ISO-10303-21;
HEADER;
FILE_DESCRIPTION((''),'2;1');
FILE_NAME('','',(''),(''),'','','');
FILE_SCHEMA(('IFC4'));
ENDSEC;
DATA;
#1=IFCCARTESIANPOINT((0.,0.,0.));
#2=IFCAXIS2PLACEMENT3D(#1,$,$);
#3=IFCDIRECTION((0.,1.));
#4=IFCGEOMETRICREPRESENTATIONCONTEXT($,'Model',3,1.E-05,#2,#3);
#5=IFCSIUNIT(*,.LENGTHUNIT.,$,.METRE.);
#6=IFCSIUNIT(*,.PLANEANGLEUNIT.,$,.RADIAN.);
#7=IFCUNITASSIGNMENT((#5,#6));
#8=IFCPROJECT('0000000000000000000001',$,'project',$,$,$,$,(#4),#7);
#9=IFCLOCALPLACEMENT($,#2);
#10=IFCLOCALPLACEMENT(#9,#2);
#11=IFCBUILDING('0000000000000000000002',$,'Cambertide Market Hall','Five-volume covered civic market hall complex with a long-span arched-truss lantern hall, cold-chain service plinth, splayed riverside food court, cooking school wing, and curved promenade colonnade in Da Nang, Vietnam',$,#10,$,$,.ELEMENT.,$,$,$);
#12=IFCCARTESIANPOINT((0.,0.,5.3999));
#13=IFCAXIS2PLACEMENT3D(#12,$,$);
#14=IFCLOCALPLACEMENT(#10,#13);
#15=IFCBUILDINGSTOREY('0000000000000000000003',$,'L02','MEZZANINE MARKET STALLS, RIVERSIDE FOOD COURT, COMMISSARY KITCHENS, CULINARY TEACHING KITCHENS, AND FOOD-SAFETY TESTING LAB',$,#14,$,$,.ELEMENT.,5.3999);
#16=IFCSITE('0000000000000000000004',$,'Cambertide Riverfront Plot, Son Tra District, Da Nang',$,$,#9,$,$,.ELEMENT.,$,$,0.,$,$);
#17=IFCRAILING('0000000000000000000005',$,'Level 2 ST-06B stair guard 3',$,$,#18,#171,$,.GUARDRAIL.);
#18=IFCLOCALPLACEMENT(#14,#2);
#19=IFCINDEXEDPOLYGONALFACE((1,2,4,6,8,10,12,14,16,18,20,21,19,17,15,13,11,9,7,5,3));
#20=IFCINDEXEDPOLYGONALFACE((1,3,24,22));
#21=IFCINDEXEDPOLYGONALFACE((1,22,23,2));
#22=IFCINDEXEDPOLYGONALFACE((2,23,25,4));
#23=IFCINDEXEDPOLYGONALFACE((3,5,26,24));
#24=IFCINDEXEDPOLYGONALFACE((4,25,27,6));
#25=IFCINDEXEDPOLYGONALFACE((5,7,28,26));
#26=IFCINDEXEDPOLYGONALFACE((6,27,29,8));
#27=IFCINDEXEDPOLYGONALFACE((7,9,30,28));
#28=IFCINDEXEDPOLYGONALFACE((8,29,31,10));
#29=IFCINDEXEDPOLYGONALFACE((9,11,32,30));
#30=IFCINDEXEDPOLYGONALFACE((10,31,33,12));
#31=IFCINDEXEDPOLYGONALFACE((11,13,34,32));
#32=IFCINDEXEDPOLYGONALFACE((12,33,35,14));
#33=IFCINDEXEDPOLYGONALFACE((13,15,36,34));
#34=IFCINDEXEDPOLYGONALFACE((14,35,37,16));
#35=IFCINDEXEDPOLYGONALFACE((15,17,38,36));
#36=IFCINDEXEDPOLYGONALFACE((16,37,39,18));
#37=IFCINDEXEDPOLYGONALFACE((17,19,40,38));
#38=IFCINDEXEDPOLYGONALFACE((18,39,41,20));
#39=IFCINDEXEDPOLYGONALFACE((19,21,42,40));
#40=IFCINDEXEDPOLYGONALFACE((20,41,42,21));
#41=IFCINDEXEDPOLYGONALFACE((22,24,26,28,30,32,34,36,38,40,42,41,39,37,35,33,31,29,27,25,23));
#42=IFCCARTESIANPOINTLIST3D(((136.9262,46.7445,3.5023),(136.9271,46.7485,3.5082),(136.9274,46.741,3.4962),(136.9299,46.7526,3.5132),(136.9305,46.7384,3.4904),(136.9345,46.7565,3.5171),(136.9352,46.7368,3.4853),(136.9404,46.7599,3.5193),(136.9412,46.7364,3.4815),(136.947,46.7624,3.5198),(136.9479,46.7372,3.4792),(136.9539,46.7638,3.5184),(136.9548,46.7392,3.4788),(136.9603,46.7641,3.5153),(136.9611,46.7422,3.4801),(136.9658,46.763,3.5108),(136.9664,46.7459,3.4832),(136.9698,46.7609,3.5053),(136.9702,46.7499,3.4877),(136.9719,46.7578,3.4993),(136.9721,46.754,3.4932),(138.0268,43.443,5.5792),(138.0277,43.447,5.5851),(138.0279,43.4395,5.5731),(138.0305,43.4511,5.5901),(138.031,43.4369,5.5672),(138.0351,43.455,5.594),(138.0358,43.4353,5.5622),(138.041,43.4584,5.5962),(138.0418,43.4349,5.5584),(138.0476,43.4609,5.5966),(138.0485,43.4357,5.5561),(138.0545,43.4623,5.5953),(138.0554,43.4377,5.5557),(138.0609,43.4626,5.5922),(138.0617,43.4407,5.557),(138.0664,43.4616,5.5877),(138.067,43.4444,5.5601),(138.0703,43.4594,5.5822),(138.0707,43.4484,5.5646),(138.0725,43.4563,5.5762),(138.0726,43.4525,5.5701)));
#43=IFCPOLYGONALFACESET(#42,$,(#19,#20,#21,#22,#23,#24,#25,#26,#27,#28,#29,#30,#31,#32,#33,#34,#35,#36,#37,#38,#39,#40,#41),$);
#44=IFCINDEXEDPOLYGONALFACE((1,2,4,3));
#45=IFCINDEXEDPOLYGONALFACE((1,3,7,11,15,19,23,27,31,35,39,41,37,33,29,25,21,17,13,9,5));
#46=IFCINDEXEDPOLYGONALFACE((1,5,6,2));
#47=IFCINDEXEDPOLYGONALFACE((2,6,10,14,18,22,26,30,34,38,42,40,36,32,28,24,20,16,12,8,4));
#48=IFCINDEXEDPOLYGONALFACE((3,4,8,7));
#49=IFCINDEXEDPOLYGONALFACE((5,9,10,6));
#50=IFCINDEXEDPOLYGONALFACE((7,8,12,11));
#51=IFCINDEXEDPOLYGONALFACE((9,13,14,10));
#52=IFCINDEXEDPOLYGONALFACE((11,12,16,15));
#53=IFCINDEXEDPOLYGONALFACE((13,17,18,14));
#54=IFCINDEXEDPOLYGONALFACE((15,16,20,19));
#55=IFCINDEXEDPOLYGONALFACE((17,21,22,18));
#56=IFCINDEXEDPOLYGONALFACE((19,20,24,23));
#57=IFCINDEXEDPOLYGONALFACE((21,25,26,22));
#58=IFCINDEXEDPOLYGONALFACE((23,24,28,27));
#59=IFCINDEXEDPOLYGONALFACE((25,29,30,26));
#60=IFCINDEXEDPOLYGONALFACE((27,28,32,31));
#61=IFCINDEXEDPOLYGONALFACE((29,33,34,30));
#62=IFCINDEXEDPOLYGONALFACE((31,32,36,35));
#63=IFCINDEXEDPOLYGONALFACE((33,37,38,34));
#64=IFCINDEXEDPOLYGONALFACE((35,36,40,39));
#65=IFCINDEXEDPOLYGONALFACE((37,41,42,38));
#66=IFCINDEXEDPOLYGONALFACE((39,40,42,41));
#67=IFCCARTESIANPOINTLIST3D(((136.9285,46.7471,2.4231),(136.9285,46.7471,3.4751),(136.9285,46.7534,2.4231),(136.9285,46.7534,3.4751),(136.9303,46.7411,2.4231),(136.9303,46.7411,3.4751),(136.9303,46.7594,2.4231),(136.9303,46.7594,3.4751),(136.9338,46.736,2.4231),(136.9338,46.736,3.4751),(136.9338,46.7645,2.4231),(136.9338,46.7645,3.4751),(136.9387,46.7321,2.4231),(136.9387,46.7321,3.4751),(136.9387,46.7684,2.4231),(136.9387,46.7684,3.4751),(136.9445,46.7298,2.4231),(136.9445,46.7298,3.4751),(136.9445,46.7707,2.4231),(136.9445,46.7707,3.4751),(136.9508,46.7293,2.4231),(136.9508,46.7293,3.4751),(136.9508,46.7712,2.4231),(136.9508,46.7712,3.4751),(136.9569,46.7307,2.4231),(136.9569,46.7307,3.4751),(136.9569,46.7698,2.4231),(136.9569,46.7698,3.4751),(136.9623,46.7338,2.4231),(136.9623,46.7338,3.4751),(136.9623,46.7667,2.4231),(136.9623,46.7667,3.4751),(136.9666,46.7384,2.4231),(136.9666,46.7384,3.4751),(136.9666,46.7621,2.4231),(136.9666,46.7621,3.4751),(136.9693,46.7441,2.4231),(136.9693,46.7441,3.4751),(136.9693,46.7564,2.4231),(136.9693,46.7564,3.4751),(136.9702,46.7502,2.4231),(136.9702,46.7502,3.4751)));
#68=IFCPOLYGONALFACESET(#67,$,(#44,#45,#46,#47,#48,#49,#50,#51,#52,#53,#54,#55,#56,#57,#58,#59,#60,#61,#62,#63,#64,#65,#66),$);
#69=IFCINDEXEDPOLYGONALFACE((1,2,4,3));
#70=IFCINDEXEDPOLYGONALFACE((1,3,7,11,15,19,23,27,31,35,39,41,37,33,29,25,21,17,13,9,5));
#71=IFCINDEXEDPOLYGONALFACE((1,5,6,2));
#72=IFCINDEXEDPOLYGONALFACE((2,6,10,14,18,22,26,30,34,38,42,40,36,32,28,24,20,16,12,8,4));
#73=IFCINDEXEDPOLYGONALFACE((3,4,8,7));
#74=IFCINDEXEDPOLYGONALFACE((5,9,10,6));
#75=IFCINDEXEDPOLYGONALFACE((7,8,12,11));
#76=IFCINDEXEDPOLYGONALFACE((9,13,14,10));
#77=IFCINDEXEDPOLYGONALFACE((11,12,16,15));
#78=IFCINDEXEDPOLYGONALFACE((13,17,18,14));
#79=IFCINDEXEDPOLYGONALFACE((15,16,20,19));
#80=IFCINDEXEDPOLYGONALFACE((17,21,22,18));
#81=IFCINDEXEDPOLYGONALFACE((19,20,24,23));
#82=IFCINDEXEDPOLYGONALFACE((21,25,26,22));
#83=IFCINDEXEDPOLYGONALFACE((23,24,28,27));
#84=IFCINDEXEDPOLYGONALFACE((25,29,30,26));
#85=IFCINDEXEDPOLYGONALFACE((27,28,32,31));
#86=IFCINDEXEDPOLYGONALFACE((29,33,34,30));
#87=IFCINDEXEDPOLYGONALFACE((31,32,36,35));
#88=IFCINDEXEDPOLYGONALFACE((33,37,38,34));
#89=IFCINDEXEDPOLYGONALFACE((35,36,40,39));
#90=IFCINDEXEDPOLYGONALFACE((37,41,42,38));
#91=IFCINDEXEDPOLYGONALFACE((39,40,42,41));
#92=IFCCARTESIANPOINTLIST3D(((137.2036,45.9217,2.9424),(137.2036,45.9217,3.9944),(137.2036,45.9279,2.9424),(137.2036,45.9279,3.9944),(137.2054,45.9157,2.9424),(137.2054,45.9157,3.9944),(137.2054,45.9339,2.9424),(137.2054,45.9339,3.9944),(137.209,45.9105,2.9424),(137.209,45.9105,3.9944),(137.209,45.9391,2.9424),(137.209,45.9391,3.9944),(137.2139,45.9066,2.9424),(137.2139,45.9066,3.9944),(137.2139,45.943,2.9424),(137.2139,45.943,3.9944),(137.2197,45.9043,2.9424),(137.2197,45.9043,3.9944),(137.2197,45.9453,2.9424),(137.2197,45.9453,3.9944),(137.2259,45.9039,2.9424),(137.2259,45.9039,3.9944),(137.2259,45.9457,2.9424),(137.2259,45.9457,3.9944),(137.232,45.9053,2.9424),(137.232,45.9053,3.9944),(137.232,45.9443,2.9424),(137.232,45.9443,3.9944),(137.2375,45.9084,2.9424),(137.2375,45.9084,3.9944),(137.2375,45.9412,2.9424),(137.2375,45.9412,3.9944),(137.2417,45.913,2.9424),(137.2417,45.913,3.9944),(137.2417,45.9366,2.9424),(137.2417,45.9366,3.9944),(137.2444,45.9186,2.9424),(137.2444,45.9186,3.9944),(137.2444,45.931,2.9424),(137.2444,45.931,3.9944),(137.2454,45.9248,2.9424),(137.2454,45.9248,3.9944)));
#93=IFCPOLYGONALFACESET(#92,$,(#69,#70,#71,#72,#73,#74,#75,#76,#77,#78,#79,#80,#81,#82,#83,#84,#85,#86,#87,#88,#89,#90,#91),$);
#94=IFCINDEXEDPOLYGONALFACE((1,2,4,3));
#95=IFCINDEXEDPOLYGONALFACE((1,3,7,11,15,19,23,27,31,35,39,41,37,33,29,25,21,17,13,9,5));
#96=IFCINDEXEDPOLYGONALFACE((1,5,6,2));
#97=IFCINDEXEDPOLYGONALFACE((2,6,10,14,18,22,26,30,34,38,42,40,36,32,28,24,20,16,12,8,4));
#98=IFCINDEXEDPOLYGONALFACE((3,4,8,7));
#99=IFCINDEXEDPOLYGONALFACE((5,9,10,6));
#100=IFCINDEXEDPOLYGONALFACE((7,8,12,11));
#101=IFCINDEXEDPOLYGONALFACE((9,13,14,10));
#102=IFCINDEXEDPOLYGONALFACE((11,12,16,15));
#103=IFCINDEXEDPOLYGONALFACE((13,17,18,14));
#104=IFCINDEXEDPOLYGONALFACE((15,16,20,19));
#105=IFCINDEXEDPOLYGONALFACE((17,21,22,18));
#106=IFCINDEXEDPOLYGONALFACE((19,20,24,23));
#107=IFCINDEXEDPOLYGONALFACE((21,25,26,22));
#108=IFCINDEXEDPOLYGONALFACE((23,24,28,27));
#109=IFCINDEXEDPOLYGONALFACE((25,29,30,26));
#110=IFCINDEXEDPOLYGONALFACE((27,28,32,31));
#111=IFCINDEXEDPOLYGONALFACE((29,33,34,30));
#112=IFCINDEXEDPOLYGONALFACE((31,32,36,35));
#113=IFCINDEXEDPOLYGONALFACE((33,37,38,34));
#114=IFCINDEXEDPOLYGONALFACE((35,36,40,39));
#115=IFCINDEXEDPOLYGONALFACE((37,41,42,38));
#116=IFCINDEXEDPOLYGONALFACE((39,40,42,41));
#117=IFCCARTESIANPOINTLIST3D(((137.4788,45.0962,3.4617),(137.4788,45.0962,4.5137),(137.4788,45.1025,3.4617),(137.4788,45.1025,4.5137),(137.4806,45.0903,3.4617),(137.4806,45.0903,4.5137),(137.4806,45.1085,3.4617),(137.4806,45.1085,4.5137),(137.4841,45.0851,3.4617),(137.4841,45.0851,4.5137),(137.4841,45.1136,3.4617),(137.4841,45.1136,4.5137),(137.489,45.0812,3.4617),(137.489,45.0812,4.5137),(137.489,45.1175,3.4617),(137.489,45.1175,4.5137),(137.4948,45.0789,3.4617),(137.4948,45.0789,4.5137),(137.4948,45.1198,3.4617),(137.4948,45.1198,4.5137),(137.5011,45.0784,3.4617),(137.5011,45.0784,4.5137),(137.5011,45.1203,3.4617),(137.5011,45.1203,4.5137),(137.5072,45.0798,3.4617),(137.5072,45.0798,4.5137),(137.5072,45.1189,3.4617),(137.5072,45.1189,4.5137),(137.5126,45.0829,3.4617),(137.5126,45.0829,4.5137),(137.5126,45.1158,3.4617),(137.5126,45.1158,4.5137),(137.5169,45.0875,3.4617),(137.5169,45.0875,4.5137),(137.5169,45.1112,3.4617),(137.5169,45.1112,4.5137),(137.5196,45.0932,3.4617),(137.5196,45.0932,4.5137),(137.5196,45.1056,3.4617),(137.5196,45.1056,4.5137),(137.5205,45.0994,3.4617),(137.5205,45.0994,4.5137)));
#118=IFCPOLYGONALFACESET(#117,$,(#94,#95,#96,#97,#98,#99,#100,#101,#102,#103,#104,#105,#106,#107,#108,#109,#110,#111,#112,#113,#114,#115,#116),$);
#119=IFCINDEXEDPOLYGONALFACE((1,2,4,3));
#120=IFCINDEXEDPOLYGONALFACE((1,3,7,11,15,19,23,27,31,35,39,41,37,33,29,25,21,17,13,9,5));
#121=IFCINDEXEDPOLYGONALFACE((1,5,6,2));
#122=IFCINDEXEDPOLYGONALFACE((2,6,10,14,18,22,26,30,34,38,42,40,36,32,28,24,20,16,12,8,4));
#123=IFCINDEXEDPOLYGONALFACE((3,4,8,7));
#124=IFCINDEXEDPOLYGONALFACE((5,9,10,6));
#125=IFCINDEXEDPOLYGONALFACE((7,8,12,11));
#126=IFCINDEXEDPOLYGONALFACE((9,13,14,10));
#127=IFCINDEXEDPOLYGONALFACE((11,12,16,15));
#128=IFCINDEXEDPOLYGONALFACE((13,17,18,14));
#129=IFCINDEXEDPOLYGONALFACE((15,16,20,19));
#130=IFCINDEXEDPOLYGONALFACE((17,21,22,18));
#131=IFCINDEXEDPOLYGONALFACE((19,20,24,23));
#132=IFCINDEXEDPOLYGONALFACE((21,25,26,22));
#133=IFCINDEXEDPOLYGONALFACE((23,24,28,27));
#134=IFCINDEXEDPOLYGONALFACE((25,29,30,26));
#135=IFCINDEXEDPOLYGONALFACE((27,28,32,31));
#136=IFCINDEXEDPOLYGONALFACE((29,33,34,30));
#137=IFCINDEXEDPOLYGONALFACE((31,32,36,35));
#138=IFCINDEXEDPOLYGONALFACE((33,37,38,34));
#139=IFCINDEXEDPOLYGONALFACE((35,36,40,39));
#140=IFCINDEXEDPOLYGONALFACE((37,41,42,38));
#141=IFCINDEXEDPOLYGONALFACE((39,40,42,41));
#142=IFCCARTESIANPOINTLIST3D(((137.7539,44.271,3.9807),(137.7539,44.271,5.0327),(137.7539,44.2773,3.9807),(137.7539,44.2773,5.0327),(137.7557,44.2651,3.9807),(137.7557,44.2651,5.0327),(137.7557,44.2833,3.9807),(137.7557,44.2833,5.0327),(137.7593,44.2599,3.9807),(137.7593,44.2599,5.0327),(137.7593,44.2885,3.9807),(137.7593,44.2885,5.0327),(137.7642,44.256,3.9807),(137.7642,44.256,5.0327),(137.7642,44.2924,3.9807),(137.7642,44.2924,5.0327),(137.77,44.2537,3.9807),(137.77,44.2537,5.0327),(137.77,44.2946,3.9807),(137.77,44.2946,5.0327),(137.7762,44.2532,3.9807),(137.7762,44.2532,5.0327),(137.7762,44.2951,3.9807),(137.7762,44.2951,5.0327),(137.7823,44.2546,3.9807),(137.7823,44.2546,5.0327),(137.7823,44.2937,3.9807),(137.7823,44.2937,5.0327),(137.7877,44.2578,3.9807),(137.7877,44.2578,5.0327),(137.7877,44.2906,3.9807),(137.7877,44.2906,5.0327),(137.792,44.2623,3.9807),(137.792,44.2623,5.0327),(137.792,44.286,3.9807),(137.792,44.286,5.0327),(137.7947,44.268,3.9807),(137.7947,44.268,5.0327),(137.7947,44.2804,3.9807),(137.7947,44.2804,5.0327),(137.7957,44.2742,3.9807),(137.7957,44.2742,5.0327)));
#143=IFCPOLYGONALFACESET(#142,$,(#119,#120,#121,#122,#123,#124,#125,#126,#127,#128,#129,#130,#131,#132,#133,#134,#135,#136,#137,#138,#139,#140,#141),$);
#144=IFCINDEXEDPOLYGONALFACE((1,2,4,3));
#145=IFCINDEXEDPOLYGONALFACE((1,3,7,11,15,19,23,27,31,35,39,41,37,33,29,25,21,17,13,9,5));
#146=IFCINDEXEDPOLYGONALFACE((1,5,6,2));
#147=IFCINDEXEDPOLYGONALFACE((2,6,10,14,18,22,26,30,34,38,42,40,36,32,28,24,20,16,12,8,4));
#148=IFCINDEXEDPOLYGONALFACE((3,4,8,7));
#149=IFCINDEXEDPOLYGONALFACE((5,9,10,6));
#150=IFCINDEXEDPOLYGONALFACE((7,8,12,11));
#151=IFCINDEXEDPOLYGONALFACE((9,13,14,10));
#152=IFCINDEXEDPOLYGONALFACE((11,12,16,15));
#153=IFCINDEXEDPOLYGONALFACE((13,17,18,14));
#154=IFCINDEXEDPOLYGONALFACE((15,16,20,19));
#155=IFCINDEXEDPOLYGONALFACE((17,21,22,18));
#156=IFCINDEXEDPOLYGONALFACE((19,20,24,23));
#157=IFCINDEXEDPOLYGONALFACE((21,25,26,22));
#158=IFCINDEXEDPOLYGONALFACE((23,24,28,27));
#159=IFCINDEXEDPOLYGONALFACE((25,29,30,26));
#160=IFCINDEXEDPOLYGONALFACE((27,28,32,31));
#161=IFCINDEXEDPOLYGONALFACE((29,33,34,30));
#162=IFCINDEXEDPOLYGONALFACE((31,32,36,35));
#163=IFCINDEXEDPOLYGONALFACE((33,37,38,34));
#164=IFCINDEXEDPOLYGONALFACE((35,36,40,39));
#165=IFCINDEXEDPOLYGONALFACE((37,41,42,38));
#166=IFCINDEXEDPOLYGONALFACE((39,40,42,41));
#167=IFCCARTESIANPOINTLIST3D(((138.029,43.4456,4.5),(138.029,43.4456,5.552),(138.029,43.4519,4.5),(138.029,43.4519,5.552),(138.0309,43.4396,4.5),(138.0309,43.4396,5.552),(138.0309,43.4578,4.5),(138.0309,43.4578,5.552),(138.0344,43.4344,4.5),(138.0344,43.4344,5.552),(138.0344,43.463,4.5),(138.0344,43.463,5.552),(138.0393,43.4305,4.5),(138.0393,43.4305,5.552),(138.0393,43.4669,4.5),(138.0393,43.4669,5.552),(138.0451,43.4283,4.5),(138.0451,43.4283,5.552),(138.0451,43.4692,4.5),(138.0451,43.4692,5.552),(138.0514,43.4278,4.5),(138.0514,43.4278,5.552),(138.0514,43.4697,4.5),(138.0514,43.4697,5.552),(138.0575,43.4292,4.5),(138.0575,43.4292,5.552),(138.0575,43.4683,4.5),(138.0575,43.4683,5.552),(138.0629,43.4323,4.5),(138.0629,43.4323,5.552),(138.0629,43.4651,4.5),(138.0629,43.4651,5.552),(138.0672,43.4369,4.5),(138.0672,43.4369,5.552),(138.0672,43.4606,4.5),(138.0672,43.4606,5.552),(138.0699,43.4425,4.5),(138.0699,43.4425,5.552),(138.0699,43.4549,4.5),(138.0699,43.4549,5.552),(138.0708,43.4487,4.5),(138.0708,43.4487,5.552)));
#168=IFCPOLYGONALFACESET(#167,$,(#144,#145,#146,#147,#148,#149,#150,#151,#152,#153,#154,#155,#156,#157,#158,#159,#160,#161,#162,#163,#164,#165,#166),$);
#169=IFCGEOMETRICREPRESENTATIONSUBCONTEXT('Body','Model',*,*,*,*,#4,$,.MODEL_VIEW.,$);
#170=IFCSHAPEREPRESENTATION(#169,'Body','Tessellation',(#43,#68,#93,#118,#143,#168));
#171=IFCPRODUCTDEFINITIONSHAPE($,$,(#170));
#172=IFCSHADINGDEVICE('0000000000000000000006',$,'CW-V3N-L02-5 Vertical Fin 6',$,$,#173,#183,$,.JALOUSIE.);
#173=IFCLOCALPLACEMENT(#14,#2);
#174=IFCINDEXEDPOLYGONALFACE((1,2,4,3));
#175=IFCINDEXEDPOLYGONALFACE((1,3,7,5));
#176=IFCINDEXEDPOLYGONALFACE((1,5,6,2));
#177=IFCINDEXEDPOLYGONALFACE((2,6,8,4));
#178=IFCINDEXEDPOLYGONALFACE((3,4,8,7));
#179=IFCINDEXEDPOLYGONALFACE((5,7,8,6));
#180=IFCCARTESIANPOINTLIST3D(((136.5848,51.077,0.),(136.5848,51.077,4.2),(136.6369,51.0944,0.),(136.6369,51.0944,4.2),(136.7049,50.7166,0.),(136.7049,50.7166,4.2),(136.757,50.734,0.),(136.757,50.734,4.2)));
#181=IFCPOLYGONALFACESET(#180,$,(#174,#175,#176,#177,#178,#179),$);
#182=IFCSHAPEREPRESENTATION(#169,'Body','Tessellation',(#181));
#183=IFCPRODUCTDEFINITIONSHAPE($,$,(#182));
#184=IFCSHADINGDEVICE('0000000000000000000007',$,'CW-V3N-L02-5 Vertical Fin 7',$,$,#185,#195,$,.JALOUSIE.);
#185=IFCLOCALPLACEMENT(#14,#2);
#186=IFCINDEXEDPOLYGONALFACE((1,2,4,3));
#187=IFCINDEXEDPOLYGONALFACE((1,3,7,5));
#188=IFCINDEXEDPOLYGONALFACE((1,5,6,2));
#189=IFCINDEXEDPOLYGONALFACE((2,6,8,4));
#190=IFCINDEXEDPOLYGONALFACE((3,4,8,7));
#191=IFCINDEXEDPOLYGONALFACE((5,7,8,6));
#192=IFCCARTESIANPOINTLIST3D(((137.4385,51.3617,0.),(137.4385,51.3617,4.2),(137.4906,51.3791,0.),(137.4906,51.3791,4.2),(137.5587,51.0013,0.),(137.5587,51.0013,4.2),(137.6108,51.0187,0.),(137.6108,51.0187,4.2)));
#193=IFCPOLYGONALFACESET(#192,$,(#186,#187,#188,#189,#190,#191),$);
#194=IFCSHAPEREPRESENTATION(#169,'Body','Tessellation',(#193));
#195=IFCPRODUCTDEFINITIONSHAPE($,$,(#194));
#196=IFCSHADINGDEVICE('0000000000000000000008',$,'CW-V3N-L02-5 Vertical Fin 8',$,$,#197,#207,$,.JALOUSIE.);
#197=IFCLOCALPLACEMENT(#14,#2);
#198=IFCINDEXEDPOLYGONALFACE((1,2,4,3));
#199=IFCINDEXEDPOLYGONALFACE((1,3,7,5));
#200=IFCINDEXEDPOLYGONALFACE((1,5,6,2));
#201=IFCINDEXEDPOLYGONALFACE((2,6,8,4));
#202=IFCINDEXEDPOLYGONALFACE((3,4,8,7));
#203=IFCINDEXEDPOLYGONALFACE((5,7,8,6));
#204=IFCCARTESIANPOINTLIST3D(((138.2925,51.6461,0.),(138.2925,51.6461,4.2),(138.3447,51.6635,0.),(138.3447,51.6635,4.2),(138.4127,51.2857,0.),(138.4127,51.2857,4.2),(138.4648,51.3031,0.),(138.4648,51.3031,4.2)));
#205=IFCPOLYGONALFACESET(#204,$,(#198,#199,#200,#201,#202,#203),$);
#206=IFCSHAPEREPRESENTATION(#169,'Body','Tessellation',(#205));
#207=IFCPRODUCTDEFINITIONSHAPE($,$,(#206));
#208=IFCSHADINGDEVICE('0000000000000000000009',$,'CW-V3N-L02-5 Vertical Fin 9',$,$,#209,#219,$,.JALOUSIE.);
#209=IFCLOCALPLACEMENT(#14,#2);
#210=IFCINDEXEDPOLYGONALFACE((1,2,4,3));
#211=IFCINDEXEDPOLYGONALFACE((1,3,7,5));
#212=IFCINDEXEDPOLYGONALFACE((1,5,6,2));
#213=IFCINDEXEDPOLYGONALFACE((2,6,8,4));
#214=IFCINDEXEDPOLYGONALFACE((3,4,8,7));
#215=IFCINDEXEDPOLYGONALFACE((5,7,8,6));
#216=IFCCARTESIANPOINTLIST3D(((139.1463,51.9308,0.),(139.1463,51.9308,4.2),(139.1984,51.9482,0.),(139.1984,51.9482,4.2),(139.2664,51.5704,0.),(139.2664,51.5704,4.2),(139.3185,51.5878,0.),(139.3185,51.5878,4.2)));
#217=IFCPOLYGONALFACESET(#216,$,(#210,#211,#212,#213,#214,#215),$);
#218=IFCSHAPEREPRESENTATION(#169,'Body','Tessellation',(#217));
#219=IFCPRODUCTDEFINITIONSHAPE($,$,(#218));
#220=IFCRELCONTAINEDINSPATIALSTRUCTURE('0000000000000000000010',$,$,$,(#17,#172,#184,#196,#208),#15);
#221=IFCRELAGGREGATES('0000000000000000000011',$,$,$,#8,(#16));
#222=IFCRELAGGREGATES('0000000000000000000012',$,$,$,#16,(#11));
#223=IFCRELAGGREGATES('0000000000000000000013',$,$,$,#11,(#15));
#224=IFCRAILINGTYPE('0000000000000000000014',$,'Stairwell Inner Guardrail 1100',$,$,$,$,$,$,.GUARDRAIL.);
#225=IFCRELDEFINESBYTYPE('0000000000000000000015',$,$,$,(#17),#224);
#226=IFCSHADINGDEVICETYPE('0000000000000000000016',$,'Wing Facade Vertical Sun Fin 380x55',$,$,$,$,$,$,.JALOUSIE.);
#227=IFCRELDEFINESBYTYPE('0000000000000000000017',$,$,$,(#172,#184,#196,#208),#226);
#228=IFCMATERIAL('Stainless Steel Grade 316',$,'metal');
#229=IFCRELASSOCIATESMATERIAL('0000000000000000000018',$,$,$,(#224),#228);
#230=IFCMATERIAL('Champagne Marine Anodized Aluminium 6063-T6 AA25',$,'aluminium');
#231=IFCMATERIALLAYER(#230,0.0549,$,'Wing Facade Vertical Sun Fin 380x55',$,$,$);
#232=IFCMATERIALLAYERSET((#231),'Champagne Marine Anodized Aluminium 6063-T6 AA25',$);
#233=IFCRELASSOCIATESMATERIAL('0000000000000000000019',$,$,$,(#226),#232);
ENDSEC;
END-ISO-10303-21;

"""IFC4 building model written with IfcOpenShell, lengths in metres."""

from ifc_helpers import new_model, si_unit, direction, frame, origin, origin_2d, place, context, subcontext, project, spatial, rectangle, circle, extrude, material, layer, layer_set, type_object, element, save


model = new_model("IFC4")

# Units and contexts
model_context = context("Model", 3, precision=1e-05, world=origin(), true_north=direction((0.0, 1.0)))
body_context = subcontext(model_context, "Body", "Model", "MODEL_VIEW")
ifc_project = project(units=[si_unit("LENGTHUNIT", "METRE"), si_unit("PLANEANGLEUNIT", "RADIAN")], contexts=[model_context])

# Site, building, storey
site_placement = place(None, origin())
site = spatial("IfcSite", under=ifc_project, at=site_placement, Name="Cambertide Riverfront Plot, Son Tra District, Da Nang", CompositionType="ELEMENT", RefElevation=0.0)
building_placement = place(site_placement, origin())
building = spatial("IfcBuilding", under=site, at=building_placement, Name="Cambertide Market Hall", Description="Five-volume covered civic market hall complex with a long-span arched-truss lantern hall, cold-chain service plinth, splayed riverside food court, cooking school wing, and curved promenade colonnade in Da Nang, Vietnam", CompositionType="ELEMENT")
storey_placement = place(building_placement, frame((0.0, 0.0, 5.3999)))
storey = spatial("IfcBuildingStorey", under=building, at=storey_placement, Name="L02", Description="MEZZANINE MARKET STALLS, RIVERSIDE FOOD COURT, COMMISSARY KITCHENS, CULINARY TEACHING KITCHENS, AND FOOD-SAFETY TESTING LAB", CompositionType="ELEMENT", Elevation=5.3999)

# Railing
ifc_material_1 = material(Name="Stainless Steel Grade 316", Category="metal")
railing_type = type_object("IfcRailingType", Name="Stairwell Inner Guardrail 1100", PredefinedType="GUARDRAIL", material=ifc_material_1)
railing_1_placement = place(storey_placement, frame((136.9492, 46.7502, 2.4231)))
element("IfcRailing", 1, at=railing_1_placement, inside=storey, type_object=railing_type, Name="Level 2 ST-06B stair guard 3", PredefinedType="GUARDRAIL", context=body_context, shape_type="SweptSolid", body=[
    extrude(circle(Radius=0.0239, at=origin_2d()), frame((0.0, 0.0, 1.0762), z_axis=(0.271565, -0.814635, 0.512467), x_axis=(0.948676, 0.316249, 0.0)), (0.0, 0.0, 1.0), 4.0527),
    extrude(circle(Radius=0.021, at=origin_2d()), origin(), (0.0, 0.0, 1.0), 1.052),
    extrude(circle(Radius=0.021, at=origin_2d()), frame((0.2751, -0.8254, 0.5193)), (0.0, 0.0, 1.0), 1.052),
    extrude(circle(Radius=0.021, at=origin_2d()), frame((0.5503, -1.6509, 1.0386)), (0.0, 0.0, 1.0), 1.052),
    extrude(circle(Radius=0.021, at=origin_2d()), frame((0.8254, -2.4761, 1.5576)), (0.0, 0.0, 1.0), 1.052),
    extrude(circle(Radius=0.021, at=origin_2d()), frame((1.1006, -3.3015, 2.0769)), (0.0, 0.0, 1.0), 1.052),
])

# Shading devices
ifc_material_2 = material(Name="Champagne Marine Anodized Aluminium 6063-T6 AA25", Category="aluminium")
ifc_layer_1 = layer(ifc_material_2, 0.0549, Name="Wing Facade Vertical Sun Fin 380x55")
ifc_layer_set_1 = layer_set([ifc_layer_1], Name="Champagne Marine Anodized Aluminium 6063-T6 AA25")
shading_device_type = type_object("IfcShadingDeviceType", Name="Wing Facade Vertical Sun Fin 380x55", PredefinedType="JALOUSIE", material=ifc_layer_set_1)
for number, where, z_axis, x_axis, name in (
    (2, (136.6709, 50.9055, 0.0), (0.0, 0.0, 1.0), (0.948683, 0.316228, 0.0), "CW-V3N-L02-5 Vertical Fin 6"),
    (3, (137.5247, 51.1902, 0.0), (0.0, 0.0, 1.0), (0.948683, 0.316228, 0.0), "CW-V3N-L02-5 Vertical Fin 7"),
    (4, (138.3787, 51.4746, 0.0), (0.0, 0.0, 1.0), (0.948683, 0.316228, 0.0), "CW-V3N-L02-5 Vertical Fin 8"),
    (5, (139.2324, 51.7593, 0.0), (0.0, 0.0, 1.0), (0.948683, 0.316228, 0.0), "CW-V3N-L02-5 Vertical Fin 9"),
):
    element("IfcShadingDevice", number, at=place(storey_placement, frame(where, z_axis=z_axis, x_axis=x_axis)), inside=storey, type_object=shading_device_type, Name=name, PredefinedType="JALOUSIE", context=body_context, shape_type="SweptSolid", body=[
        extrude(rectangle(XDim=0.0549, YDim=0.3799, at=origin_2d()), origin(), (0.0, 0.0, 1.0), 4.2),
    ])

save(model, "model.ifc")
